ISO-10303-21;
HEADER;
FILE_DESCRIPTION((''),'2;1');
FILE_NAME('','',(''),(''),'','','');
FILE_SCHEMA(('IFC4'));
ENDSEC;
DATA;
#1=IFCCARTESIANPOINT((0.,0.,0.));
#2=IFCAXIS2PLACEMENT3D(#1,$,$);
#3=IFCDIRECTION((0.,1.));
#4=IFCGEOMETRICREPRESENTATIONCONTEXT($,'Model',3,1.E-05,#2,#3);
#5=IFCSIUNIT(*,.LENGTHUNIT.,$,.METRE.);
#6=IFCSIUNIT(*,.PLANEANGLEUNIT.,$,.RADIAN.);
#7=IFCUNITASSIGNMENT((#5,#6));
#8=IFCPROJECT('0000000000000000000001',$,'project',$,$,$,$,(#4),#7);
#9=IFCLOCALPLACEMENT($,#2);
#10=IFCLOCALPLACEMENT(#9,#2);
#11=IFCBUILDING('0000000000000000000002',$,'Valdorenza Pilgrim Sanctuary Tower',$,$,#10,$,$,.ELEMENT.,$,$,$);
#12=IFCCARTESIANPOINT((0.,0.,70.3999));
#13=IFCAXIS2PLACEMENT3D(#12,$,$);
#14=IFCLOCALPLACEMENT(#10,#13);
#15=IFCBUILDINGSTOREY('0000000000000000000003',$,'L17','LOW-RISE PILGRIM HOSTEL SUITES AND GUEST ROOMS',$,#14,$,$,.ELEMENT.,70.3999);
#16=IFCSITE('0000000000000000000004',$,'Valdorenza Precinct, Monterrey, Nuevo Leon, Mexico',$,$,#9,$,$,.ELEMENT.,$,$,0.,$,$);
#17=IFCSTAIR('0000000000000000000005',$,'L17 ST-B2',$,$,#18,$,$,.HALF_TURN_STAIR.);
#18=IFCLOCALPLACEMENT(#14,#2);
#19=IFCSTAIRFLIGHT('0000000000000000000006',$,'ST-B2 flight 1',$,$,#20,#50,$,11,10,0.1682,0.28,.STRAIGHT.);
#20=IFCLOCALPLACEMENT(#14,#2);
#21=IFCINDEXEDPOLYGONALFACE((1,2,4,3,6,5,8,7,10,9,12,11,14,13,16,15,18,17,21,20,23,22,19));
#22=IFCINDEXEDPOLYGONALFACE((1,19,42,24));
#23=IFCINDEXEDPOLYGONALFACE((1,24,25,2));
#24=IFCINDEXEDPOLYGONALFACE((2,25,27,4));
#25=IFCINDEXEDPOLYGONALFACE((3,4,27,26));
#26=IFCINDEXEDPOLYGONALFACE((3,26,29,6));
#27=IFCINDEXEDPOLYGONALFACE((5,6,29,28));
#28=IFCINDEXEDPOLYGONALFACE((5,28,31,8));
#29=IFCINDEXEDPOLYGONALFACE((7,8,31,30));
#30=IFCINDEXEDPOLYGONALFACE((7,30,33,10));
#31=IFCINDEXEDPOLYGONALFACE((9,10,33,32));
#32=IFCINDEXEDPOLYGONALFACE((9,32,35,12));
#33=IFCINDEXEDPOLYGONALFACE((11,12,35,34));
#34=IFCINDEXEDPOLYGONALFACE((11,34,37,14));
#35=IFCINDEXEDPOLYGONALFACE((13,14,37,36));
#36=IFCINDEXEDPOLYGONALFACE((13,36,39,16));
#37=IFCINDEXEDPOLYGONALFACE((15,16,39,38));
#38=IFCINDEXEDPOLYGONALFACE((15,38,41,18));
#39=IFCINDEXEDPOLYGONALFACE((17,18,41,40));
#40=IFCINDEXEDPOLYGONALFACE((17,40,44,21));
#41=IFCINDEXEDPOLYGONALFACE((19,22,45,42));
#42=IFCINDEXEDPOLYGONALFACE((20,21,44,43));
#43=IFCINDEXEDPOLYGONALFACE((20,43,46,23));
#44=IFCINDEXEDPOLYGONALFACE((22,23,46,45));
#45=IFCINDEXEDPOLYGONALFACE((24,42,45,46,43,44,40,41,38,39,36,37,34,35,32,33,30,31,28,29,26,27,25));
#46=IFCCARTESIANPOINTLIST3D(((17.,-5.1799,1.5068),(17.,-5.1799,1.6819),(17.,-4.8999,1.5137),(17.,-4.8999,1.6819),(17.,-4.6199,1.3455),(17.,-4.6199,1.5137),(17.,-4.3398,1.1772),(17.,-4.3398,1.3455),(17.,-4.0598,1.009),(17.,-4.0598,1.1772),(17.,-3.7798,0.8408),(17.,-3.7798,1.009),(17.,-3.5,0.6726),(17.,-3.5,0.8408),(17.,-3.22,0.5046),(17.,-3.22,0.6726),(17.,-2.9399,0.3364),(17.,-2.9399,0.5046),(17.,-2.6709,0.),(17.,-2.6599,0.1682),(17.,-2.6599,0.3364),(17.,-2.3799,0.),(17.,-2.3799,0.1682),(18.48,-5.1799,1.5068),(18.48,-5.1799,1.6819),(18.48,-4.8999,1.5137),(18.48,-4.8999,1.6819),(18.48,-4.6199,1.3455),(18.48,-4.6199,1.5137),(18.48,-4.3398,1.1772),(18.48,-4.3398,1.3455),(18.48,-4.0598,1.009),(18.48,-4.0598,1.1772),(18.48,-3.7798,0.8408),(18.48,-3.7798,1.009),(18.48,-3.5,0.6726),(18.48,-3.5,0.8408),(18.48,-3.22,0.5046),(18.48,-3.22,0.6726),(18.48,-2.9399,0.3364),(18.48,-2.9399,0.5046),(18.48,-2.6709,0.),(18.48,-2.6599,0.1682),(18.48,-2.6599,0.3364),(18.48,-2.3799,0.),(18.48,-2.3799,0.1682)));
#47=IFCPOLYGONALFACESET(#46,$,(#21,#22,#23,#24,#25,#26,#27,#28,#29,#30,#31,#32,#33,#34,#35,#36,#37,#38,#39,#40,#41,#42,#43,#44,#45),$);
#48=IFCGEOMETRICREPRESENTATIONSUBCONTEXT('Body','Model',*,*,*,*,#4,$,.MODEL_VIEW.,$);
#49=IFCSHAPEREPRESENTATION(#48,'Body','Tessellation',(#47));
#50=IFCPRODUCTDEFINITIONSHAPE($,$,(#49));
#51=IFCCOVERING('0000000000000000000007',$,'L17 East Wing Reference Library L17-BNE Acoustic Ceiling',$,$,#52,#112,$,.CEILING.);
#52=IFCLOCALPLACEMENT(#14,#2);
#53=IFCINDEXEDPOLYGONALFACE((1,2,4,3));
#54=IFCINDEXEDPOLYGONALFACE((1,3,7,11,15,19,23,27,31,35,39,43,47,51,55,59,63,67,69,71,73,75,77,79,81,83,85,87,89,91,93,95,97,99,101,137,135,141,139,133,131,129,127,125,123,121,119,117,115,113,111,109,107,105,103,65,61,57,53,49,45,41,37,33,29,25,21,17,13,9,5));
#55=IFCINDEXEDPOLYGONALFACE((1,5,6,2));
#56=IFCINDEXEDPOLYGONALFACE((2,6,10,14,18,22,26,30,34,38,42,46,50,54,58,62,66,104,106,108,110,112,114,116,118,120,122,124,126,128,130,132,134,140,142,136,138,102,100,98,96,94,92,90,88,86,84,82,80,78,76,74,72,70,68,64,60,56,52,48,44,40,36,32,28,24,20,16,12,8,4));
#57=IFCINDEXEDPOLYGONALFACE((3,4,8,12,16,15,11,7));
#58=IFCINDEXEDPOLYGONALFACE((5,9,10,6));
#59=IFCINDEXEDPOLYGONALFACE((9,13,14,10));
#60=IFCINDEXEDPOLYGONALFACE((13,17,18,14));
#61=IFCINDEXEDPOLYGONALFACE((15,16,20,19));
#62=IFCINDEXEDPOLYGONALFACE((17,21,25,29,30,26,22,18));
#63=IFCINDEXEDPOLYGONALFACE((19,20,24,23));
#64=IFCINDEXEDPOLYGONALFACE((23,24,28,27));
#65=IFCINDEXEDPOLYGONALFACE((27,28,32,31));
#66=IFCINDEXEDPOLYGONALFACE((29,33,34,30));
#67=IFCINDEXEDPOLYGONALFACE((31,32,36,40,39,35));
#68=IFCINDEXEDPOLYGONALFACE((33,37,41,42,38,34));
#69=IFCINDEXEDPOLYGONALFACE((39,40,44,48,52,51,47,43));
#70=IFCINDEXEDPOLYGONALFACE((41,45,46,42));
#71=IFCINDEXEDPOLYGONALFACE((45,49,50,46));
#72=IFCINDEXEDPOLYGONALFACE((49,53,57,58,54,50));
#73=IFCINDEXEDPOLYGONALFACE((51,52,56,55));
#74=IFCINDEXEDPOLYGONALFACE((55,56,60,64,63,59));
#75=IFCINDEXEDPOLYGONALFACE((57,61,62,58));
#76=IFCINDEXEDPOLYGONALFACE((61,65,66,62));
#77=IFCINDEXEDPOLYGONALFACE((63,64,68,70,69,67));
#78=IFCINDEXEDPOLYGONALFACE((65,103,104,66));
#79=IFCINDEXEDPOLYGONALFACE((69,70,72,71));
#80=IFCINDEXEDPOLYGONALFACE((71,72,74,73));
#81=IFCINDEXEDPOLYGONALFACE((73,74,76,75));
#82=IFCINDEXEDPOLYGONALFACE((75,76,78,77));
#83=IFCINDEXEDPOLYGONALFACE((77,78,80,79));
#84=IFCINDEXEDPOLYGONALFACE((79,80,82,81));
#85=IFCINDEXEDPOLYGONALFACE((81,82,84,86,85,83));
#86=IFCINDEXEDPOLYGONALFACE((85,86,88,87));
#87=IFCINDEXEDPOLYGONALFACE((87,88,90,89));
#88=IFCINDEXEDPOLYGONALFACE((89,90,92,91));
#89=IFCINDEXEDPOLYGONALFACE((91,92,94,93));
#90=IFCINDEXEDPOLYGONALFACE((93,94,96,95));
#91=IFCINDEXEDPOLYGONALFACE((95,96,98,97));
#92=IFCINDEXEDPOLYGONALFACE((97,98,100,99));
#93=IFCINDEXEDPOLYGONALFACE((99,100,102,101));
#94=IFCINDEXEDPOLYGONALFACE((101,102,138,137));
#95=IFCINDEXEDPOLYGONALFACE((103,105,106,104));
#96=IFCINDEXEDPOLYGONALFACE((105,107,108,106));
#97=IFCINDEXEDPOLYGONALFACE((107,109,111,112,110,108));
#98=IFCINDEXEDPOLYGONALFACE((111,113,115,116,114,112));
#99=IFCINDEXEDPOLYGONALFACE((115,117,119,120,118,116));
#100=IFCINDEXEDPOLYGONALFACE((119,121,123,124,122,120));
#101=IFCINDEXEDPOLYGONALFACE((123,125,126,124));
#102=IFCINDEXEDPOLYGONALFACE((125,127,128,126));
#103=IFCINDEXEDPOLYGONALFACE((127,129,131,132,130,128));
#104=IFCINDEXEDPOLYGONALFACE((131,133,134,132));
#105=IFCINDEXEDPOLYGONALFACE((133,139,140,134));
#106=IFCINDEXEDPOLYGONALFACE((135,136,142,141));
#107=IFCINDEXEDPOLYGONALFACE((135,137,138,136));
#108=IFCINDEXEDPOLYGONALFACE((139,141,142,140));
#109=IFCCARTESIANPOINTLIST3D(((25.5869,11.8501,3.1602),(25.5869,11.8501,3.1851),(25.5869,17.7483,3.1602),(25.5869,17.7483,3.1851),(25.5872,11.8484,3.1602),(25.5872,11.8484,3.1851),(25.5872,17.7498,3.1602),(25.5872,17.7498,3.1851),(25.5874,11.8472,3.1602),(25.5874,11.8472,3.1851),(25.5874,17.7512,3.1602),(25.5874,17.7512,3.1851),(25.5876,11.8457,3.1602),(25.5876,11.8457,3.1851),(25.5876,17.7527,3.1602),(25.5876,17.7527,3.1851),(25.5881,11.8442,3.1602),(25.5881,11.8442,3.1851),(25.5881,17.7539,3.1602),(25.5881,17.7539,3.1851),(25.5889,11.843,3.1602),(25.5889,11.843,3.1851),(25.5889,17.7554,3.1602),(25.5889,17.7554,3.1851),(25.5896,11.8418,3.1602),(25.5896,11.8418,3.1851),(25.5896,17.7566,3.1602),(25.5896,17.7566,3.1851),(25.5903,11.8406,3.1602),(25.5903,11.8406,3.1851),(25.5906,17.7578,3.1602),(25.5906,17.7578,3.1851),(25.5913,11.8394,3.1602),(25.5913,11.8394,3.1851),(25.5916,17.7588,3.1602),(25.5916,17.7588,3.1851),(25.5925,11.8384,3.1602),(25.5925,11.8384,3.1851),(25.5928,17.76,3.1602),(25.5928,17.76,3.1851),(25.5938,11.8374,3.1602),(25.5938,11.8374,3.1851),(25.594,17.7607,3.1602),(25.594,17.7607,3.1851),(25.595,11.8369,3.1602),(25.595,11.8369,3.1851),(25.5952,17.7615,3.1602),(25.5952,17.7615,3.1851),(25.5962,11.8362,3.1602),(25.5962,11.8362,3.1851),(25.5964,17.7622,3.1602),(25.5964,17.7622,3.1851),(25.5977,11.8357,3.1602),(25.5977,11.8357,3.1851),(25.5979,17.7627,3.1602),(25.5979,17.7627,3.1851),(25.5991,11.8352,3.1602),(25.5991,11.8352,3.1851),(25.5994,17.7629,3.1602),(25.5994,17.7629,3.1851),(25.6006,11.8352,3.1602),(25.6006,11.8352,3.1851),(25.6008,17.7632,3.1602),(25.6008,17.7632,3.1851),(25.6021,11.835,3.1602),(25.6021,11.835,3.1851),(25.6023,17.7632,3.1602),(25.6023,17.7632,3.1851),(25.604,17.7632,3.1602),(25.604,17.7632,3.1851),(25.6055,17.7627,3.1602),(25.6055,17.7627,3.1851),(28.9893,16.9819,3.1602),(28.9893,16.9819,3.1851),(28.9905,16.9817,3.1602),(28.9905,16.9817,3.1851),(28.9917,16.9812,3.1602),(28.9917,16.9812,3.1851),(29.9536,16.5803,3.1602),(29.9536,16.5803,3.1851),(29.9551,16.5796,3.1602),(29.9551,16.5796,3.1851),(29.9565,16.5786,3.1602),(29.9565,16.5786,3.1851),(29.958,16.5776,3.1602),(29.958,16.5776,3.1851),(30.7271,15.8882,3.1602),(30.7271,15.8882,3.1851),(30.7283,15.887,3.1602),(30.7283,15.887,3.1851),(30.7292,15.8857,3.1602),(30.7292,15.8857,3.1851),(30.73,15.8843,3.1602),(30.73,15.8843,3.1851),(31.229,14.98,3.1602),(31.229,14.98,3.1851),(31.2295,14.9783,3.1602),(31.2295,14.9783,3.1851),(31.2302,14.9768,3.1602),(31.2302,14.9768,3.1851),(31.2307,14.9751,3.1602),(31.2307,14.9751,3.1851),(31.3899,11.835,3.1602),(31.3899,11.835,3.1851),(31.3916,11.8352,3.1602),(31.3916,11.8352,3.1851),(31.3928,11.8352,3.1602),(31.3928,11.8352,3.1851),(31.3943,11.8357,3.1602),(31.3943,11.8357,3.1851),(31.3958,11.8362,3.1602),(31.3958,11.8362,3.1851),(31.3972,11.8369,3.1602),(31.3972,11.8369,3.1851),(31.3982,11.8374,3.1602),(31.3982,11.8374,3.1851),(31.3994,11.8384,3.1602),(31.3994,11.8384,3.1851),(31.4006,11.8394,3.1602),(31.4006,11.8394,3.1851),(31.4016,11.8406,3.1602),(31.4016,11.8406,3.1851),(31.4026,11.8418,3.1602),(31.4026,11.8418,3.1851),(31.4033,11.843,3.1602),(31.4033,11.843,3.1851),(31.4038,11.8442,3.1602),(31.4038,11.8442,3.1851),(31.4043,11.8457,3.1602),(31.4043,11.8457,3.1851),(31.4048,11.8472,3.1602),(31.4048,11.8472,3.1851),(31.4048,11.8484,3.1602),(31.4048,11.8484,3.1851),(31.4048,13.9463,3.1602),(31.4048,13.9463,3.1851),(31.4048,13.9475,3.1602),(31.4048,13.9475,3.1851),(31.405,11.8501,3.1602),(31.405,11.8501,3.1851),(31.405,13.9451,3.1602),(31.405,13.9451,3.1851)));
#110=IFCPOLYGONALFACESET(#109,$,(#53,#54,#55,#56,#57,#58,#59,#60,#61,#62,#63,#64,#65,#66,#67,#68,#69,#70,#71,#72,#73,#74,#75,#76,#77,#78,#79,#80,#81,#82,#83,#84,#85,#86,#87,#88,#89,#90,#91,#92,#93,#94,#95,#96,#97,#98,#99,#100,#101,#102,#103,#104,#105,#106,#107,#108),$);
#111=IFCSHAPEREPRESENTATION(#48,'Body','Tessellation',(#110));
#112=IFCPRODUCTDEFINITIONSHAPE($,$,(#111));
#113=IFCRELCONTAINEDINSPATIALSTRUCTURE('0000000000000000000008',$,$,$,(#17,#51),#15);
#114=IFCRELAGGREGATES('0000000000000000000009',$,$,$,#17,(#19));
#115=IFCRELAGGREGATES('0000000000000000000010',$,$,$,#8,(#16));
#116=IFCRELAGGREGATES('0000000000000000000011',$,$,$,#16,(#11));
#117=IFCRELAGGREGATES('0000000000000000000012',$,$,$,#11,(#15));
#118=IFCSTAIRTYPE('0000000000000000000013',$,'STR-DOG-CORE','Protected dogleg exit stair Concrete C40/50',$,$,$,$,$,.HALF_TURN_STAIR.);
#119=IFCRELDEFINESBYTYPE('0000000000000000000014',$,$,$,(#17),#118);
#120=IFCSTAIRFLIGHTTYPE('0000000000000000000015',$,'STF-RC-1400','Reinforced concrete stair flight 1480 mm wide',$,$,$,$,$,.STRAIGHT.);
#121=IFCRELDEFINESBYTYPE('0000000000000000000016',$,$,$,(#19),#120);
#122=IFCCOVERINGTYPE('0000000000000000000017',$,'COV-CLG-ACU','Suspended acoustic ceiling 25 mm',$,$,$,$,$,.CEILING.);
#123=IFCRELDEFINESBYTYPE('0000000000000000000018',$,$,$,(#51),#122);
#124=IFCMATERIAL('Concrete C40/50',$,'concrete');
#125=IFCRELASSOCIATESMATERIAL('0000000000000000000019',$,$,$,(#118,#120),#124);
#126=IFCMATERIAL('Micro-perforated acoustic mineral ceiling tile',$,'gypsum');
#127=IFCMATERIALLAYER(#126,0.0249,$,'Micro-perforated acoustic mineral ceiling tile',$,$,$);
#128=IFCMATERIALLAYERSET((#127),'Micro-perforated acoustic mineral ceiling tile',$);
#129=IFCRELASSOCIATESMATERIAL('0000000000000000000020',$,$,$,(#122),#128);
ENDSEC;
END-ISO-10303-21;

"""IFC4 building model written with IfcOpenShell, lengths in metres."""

from ifc_helpers import new_model, si_unit, direction, frame, origin, place, context, subcontext, project, spatial, polyline, outline, extrude, material, layer, layer_set, type_object, element, aggregate, save


model = new_model("IFC4")

# Units and contexts
model_context = context("Model", 3, precision=1e-05, world=origin(), true_north=direction((0.0, 1.0)))
body_context = subcontext(model_context, "Body", "Model", "MODEL_VIEW")
ifc_project = project(units=[si_unit("LENGTHUNIT", "METRE"), si_unit("PLANEANGLEUNIT", "RADIAN")], contexts=[model_context])

# Site, building, storey
site_placement = place(None, origin())
site = spatial("IfcSite", under=ifc_project, at=site_placement, Name="Valdorenza Precinct, Monterrey, Nuevo Leon, Mexico", CompositionType="ELEMENT", RefElevation=0.0)
building_placement = place(site_placement, origin())
building = spatial("IfcBuilding", under=site, at=building_placement, Name="Valdorenza Pilgrim Sanctuary Tower", CompositionType="ELEMENT")
storey_placement = place(building_placement, frame((0.0, 0.0, 70.3999)))
storey = spatial("IfcBuildingStorey", under=building, at=storey_placement, Name="L17", Description="LOW-RISE PILGRIM HOSTEL SUITES AND GUEST ROOMS", CompositionType="ELEMENT", Elevation=70.3999)

# Shared definitions
ifc_material_1 = material(Name="Concrete C40/50", Category="concrete")

# Stair, stair flight
stair_type = type_object("IfcStairType", Name="STR-DOG-CORE", Description="Protected dogleg exit stair Concrete C40/50", PredefinedType="HALF_TURN_STAIR", material=ifc_material_1)
stair_placement = place(storey_placement, origin())
stair = element("IfcStair", 1, at=stair_placement, inside=storey, type_object=stair_type, Name="L17 ST-B2", PredefinedType="HALF_TURN_STAIR")
stair_flight_type = type_object("IfcStairFlightType", Name="STF-RC-1400", Description="Reinforced concrete stair flight 1480 mm wide", PredefinedType="STRAIGHT", material=ifc_material_1)
stair_flight_placement = place(storey_placement, frame((17.74, -2.3799, 0.0), z_axis=(0.0, 0.0, 1.0), x_axis=(0.0, -1.0, 0.0)))
stair_flight = element("IfcStairFlight", 2, at=stair_flight_placement, type_object=stair_flight_type, Name="ST-B2 flight 1", NumberOfRisers=11, NumberOfTreads=10, PredefinedType="STRAIGHT", RiserHeight=0.1682, TreadLength=0.28, context=body_context, shape_type="SweptSolid", body=[
    extrude(outline(polyline([(0.0, 0.0), (0.0, 0.1682), (0.28, 0.1682), (0.28, 0.3364), (0.5601, 0.3364), (0.5601, 0.5046), (0.8401, 0.5046), (0.8401, 0.6726), (1.1201, 0.6726), (1.1201, 0.8408), (1.3999, 0.8408), (1.3999, 1.009), (1.6799, 1.009), (1.6799, 1.1772), (1.96, 1.1772), (1.96, 1.3455), (2.24, 1.3455), (2.24, 1.5137), (2.52, 1.5137), (2.52, 1.6819), (2.8, 1.6819), (2.8, 1.8501), (2.8, 1.5068), (0.291, 0.0), (0.0, 0.0)])), frame((0.0, 0.74, 0.0), z_axis=(0.0, -1.0, 0.0), x_axis=(1.0, 0.0, 0.0)), (0.0, 0.0, 1.0), 1.48),
])
aggregate(stair, [stair_flight])

# Covering
ifc_material_2 = material(Name="Micro-perforated acoustic mineral ceiling tile", Category="gypsum")
ifc_layer_1 = layer(ifc_material_2, 0.0249, Name="Micro-perforated acoustic mineral ceiling tile")
ifc_layer_set_1 = layer_set([ifc_layer_1], Name="Micro-perforated acoustic mineral ceiling tile")
covering_type_1 = type_object("IfcCoveringType", Name="COV-CLG-ACU", Description="Suspended acoustic ceiling 25 mm", PredefinedType="CEILING", material=ifc_layer_set_1)
covering_1_placement = place(storey_placement, frame((0.0, 0.0, 3.1602)))
element("IfcCovering", 3, at=covering_1_placement, inside=storey, type_object=covering_type_1, Name="L17 East Wing Reference Library L17-BNE Acoustic Ceiling", PredefinedType="CEILING", context=body_context, shape_type="SweptSolid", body=[
    extrude(outline(polyline([(28.9893, 16.9819), (28.9905, 16.9817), (28.9917, 16.9812), (29.9536, 16.5803), (29.9551, 16.5796), (29.9565, 16.5786), (29.958, 16.5776), (30.7271, 15.8882), (30.7283, 15.887), (30.7292, 15.8857), (30.73, 15.8843), (31.229, 14.98), (31.2295, 14.9783), (31.2302, 14.9768), (31.2307, 14.9751), (31.4048, 13.9475), (31.4048, 13.9463), (31.405, 13.9451), (31.405, 11.8501), (31.4048, 11.8484), (31.4048, 11.8472), (31.4043, 11.8457), (31.4038, 11.8442), (31.4033, 11.843), (31.4026, 11.8418), (31.4016, 11.8406), (31.4006, 11.8394), (31.3994, 11.8384), (31.3982, 11.8374), (31.3972, 11.8369), (31.3958, 11.8362), (31.3943, 11.8357), (31.3928, 11.8352), (31.3916, 11.8352), (31.3899, 11.835), (25.6021, 11.835), (25.6006, 11.8352), (25.5991, 11.8352), (25.5977, 11.8357), (25.5962, 11.8362), (25.595, 11.8369), (25.5938, 11.8374), (25.5925, 11.8384), (25.5913, 11.8394), (25.5903, 11.8406), (25.5896, 11.8418), (25.5889, 11.843), (25.5881, 11.8442), (25.5876, 11.8457), (25.5874, 11.8472), (25.5872, 11.8484), (25.5869, 11.8501), (25.5869, 17.7483), (25.5872, 17.7498), (25.5874, 17.7512), (25.5876, 17.7527), (25.5881, 17.7539), (25.5889, 17.7554), (25.5896, 17.7566), (25.5906, 17.7578), (25.5916, 17.7588), (25.5928, 17.76), (25.594, 17.7607), (25.5952, 17.7615), (25.5964, 17.7622), (25.5979, 17.7627), (25.5994, 17.7629), (25.6008, 17.7632), (25.6023, 17.7632), (25.604, 17.7632), (25.6055, 17.7627), (28.9893, 16.9819)])), origin(), (0.0, 0.0, 1.0), 0.0249),
])

save(model, "model.ifc")
